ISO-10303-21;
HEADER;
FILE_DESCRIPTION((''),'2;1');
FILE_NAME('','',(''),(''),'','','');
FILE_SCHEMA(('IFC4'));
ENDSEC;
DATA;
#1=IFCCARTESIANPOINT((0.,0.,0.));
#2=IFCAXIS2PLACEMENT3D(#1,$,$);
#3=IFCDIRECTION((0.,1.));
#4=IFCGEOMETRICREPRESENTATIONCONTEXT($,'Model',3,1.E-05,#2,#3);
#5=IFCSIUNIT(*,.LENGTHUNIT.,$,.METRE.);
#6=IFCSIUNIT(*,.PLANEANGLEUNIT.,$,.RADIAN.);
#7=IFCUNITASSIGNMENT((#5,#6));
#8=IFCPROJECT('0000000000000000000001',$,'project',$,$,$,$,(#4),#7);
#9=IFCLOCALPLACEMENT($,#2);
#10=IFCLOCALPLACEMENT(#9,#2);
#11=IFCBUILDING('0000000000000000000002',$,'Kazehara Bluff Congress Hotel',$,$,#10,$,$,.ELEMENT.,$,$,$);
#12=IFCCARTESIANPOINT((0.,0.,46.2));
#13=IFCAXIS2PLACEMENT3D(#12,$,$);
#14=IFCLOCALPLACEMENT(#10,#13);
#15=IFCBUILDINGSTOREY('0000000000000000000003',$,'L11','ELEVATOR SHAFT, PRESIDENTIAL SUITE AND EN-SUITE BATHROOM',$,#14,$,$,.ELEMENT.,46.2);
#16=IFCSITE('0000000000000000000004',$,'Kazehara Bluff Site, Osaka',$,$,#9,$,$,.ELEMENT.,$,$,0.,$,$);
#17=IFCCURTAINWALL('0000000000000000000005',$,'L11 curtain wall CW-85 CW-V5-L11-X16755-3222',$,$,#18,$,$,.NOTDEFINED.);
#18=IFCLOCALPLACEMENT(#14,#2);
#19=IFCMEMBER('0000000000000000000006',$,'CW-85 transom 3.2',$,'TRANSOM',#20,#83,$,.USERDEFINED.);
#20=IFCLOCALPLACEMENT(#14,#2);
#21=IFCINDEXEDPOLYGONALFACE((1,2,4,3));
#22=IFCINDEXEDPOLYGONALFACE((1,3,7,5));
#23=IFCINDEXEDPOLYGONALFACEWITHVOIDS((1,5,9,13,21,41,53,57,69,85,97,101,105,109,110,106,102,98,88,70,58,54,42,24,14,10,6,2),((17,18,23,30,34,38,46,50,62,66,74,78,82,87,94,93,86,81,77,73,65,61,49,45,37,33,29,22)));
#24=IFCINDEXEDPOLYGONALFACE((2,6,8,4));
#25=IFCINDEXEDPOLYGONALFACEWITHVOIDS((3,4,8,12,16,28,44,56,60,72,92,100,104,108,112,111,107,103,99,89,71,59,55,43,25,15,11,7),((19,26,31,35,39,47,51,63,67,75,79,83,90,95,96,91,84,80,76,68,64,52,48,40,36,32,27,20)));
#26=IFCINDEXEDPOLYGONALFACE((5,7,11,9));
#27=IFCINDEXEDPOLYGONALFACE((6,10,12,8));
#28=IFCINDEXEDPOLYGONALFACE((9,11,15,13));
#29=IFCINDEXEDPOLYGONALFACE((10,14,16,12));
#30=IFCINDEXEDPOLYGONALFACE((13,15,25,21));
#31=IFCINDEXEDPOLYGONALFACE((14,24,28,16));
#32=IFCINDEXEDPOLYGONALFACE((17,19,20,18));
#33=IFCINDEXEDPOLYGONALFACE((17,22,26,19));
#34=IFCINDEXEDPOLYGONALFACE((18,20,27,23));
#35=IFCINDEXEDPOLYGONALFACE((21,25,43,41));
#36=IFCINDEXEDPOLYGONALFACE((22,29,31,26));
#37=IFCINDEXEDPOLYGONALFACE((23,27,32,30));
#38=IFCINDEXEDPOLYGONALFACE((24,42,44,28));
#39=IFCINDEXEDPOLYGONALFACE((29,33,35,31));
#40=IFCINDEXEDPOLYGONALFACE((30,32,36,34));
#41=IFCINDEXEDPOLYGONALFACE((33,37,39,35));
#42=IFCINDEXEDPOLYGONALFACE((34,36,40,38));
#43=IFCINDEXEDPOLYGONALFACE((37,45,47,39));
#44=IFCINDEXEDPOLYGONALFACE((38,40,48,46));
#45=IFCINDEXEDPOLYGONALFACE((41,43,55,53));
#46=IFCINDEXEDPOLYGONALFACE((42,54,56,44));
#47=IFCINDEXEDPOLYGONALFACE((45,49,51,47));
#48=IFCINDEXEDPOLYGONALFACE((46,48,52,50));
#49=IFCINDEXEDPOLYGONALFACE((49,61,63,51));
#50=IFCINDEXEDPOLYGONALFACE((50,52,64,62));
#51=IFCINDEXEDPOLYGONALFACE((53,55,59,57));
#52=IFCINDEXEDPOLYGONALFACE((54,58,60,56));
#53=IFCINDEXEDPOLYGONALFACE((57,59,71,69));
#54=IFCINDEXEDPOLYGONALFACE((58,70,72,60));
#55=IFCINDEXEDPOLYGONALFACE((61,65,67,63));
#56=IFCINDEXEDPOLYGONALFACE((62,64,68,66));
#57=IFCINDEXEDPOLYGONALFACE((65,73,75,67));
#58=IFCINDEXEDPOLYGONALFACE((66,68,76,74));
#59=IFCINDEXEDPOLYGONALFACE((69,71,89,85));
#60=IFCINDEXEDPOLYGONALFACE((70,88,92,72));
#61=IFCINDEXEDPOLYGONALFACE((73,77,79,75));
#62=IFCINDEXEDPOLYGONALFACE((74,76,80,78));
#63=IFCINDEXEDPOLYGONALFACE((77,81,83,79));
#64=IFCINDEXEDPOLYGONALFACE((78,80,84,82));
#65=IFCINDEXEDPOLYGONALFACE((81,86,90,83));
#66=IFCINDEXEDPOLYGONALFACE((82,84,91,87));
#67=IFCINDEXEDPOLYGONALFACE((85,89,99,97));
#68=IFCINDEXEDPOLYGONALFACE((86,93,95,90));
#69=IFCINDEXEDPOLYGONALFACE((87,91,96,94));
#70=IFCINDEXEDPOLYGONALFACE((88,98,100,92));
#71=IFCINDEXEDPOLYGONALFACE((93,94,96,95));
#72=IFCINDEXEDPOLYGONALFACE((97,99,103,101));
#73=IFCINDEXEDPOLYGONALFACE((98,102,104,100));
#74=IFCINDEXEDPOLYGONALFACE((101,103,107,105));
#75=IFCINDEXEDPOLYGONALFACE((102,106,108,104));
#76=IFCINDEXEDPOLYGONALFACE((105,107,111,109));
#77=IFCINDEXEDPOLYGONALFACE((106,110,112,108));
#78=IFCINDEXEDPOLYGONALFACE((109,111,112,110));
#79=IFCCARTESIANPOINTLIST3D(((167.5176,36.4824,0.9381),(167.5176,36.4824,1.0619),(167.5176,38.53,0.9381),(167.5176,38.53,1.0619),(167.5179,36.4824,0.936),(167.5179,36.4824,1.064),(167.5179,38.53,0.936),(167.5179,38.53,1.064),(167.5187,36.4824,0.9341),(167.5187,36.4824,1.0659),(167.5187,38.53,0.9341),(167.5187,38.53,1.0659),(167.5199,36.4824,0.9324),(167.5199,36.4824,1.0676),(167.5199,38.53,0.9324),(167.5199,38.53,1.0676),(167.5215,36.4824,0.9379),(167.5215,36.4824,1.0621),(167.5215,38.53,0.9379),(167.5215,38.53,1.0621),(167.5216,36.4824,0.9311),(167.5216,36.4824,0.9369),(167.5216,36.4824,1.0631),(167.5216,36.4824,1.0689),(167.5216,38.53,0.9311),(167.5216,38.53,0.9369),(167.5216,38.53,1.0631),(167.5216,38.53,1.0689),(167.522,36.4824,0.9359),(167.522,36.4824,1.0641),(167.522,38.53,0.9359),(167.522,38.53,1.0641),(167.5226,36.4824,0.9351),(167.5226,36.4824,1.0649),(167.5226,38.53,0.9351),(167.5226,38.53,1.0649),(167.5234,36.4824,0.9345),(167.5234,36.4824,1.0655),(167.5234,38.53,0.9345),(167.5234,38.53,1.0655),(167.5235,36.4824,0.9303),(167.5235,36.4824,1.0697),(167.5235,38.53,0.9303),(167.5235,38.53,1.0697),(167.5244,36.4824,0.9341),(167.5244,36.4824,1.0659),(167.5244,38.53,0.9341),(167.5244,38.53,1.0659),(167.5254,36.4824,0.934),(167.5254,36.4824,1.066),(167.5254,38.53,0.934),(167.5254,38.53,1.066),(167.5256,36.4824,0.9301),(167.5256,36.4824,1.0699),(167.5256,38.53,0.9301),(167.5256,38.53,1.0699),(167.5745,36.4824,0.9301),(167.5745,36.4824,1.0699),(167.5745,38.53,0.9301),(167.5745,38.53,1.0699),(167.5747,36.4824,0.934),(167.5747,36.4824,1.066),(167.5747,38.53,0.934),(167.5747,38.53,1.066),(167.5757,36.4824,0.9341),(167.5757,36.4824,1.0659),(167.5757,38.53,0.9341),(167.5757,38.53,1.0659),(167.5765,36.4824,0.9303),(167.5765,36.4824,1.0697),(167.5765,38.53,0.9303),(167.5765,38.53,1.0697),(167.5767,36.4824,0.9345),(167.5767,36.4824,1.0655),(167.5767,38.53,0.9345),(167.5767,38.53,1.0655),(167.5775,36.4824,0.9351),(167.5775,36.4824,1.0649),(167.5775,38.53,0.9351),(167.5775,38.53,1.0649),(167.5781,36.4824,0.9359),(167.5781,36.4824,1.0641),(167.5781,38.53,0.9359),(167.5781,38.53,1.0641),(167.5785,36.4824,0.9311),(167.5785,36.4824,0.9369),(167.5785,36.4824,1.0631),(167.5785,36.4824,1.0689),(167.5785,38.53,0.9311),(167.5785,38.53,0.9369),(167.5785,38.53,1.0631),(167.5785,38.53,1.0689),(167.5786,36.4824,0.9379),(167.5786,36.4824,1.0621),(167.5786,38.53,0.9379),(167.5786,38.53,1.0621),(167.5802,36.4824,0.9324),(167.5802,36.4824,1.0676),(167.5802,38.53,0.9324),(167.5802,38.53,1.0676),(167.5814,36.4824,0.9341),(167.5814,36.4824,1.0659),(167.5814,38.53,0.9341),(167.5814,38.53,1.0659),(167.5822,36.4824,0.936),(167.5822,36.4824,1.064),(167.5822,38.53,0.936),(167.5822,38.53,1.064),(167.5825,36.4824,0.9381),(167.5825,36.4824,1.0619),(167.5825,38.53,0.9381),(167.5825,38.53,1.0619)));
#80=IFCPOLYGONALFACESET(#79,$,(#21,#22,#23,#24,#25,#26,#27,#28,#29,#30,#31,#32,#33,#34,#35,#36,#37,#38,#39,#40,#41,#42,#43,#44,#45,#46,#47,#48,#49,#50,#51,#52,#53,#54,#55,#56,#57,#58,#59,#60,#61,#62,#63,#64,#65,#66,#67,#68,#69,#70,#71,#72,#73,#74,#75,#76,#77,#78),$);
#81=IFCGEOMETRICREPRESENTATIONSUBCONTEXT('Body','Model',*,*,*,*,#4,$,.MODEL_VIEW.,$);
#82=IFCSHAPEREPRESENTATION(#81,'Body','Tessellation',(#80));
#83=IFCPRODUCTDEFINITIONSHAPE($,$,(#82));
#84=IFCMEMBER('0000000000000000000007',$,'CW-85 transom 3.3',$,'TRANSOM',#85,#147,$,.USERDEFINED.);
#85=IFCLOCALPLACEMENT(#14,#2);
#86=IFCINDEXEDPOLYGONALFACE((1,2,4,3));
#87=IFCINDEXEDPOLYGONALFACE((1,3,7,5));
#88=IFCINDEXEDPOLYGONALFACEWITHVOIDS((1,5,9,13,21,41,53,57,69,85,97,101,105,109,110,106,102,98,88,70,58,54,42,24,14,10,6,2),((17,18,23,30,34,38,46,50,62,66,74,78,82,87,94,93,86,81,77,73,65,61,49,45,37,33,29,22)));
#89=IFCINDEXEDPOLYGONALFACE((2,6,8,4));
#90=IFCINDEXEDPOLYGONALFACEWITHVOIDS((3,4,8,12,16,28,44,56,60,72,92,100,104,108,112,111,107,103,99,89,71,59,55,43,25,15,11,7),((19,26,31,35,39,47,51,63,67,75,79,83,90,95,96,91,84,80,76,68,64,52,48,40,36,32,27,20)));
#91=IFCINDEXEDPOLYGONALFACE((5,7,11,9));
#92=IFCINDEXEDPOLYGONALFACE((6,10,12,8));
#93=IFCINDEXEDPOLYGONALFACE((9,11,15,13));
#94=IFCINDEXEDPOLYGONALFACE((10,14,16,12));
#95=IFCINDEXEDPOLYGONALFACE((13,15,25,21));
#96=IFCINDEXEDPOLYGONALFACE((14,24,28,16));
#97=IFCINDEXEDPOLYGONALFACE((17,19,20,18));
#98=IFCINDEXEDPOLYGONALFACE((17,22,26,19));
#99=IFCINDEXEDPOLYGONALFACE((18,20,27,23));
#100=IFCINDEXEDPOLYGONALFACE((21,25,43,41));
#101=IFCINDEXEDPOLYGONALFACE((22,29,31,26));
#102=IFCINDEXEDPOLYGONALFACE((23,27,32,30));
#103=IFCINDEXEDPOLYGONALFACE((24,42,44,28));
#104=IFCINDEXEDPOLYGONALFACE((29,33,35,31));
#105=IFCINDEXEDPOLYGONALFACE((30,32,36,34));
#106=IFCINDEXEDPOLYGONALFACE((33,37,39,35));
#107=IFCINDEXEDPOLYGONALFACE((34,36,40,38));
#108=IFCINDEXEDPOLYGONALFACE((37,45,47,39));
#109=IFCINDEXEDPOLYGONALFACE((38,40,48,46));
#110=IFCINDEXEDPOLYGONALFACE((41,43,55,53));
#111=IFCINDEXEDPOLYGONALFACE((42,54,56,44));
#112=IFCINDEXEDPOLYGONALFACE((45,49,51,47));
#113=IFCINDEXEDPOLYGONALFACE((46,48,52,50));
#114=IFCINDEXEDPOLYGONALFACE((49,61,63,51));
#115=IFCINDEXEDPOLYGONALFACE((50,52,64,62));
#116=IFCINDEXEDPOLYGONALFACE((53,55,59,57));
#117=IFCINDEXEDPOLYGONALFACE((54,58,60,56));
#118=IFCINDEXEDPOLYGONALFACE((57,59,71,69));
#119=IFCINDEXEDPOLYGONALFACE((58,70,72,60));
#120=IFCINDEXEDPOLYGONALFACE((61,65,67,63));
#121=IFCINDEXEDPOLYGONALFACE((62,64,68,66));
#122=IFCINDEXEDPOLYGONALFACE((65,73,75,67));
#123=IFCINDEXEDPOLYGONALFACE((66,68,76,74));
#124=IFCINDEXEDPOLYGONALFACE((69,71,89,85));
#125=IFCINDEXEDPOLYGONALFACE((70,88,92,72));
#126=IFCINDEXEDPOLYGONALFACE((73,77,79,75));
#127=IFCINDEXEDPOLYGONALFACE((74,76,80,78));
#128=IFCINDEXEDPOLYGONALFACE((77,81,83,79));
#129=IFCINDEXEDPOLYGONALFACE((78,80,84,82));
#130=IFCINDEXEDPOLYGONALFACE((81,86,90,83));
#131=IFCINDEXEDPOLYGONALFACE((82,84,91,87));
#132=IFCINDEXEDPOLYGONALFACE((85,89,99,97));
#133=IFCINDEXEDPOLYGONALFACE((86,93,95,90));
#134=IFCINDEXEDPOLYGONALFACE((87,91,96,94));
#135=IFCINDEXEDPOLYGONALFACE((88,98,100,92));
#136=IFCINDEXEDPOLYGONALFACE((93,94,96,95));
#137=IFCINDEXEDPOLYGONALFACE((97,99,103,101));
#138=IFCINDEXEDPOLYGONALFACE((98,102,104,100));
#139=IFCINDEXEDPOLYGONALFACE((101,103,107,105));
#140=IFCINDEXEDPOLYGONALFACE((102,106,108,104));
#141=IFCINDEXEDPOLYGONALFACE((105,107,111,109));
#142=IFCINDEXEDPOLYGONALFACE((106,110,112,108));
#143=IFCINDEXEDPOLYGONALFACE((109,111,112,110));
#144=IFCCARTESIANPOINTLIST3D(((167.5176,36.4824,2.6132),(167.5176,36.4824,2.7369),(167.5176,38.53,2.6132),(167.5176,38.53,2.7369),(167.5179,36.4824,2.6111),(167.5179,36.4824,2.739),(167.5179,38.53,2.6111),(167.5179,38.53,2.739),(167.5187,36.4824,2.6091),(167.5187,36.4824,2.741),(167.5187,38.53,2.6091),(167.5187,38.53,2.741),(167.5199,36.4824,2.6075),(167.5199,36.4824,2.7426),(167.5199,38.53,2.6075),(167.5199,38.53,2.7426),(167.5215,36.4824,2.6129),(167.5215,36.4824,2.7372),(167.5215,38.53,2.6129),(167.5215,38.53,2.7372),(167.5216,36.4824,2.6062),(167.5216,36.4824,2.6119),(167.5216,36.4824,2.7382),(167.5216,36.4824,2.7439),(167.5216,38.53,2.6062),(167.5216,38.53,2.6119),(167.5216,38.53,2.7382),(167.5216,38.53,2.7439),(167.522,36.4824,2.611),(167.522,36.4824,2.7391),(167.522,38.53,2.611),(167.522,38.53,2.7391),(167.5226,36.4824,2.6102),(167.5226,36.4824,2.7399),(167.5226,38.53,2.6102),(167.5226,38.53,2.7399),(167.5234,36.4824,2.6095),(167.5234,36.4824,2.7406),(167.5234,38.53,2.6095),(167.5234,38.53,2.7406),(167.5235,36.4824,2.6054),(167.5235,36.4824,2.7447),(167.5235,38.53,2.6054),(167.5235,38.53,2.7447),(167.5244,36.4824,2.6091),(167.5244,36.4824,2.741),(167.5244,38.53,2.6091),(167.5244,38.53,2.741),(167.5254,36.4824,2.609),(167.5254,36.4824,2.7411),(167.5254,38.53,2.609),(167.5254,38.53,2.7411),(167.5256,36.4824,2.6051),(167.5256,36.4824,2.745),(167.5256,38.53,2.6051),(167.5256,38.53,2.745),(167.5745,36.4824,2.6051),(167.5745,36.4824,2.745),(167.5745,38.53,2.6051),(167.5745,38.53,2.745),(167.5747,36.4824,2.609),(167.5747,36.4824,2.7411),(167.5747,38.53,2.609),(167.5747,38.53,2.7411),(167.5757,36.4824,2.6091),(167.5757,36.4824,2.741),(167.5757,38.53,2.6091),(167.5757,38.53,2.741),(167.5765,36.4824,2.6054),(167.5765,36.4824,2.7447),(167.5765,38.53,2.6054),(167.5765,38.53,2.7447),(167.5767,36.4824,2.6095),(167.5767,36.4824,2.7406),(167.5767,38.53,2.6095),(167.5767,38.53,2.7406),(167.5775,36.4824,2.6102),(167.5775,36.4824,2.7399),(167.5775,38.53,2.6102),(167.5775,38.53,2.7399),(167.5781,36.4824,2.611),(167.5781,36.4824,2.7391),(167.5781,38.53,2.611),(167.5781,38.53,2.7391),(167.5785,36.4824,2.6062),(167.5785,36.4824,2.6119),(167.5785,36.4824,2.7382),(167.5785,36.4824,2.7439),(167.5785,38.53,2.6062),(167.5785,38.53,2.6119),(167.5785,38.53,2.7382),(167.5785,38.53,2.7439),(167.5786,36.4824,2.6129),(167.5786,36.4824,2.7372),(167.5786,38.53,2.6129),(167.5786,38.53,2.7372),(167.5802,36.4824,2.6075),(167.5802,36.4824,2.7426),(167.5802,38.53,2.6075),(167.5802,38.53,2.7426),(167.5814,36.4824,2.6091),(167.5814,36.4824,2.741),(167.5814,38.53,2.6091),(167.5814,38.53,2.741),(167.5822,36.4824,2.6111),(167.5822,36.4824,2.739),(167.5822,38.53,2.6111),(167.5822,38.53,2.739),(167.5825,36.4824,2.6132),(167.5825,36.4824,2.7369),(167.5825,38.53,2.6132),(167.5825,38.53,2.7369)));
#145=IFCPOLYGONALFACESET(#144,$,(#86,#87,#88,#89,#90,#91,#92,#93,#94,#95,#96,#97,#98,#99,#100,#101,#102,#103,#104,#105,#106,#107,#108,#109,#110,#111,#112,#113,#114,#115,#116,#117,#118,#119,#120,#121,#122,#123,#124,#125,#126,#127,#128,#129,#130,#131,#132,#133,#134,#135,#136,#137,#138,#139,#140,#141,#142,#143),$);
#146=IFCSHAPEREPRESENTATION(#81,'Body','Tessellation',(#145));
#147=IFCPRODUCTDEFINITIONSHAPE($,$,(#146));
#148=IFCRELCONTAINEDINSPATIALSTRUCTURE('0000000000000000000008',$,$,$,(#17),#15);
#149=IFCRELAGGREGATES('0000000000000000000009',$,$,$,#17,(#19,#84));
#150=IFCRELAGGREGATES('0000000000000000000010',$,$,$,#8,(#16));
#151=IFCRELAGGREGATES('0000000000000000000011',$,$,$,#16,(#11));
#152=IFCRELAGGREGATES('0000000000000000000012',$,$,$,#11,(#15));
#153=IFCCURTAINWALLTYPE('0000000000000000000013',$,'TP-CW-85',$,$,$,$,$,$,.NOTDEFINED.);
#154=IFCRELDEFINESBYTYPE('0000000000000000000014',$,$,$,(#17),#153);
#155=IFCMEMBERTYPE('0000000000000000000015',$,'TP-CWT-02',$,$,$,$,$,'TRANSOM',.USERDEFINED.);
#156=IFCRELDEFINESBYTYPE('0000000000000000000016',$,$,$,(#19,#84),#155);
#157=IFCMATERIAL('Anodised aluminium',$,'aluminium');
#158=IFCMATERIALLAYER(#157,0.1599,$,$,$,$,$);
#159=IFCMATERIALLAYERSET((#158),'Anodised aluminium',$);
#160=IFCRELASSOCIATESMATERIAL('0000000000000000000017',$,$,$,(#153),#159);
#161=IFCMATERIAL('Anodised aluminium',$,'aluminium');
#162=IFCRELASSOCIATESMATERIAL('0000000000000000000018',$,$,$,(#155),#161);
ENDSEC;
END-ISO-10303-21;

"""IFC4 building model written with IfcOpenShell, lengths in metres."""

from ifc_helpers import new_model, si_unit, direction, frame, origin, origin_2d, place, context, subcontext, project, spatial, hollow_rectangle, extrude, material, layer, layer_set, material_profile, profile_set, type_object, element, aggregate, save


model = new_model("IFC4")

# Units and contexts
model_context = context("Model", 3, precision=1e-05, world=origin(), true_north=direction((0.0, 1.0)))
body_context = subcontext(model_context, "Body", "Model", "MODEL_VIEW")
ifc_project = project(units=[si_unit("LENGTHUNIT", "METRE"), si_unit("PLANEANGLEUNIT", "RADIAN")], contexts=[model_context])

# Site, building, storey
site_placement = place(None, origin())
site = spatial("IfcSite", under=ifc_project, at=site_placement, Name="Kazehara Bluff Site, Osaka", CompositionType="ELEMENT", RefElevation=0.0)
building_placement = place(site_placement, origin())
building = spatial("IfcBuilding", under=site, at=building_placement, Name="Kazehara Bluff Congress Hotel", CompositionType="ELEMENT")
storey_placement = place(building_placement, frame((0.0, 0.0, 46.2)))
storey = spatial("IfcBuildingStorey", under=building, at=storey_placement, Name="L11", Description="ELEVATOR SHAFT, PRESIDENTIAL SUITE AND EN-SUITE BATHROOM", CompositionType="ELEMENT", Elevation=46.2)

# Curtain wall, members
ifc_material_1 = material(Name="Anodised aluminium", Category="aluminium")
ifc_layer_1 = layer(ifc_material_1, 0.1599)
ifc_layer_set_1 = layer_set([ifc_layer_1], Name="Anodised aluminium")
curtain_wall_type = type_object("IfcCurtainWallType", Name="TP-CW-85", PredefinedType="NOTDEFINED", material=ifc_layer_set_1)
curtain_wall_placement = place(storey_placement, origin())
curtain_wall = element("IfcCurtainWall", 1, at=curtain_wall_placement, inside=storey, type_object=curtain_wall_type, Name="L11 curtain wall CW-85 CW-V5-L11-X16755-3222", PredefinedType="NOTDEFINED")
ifc_material_2 = material(Name="Anodised aluminium", Category="aluminium")
ifc_material_profile_1 = material_profile(ifc_material_2, hollow_rectangle(XDim=0.0649, YDim=0.1399, WallThickness=0.0039, InnerFilletRadius=0.0039, OuterFilletRadius=0.0081, at=origin_2d()))
ifc_profile_set_1 = profile_set([ifc_material_profile_1], Name="Anodised aluminium")
member_type_1 = type_object("IfcMemberType", Name="TP-CWT-02", ElementType="TRANSOM", PredefinedType="USERDEFINED", material=ifc_profile_set_1)
member_1_placement = place(storey_placement, frame((167.55, 36.4824, 1.0), z_axis=(0.0, 1.0, 0.0), x_axis=(-1.0, 0.0, 0.0)))
member_1 = element("IfcMember", 2, at=member_1_placement, type_object=member_type_1, Name="CW-85 transom 3.2", ObjectType="TRANSOM", PredefinedType="USERDEFINED", context=body_context, shape_type="SweptSolid", body=[
    extrude(hollow_rectangle(XDim=0.0649, YDim=0.1399, WallThickness=0.0039, InnerFilletRadius=0.0039, OuterFilletRadius=0.0081, at=origin_2d()), origin(), (0.0, 0.0, 1.0), 2.0476),
])
member_2_placement = place(storey_placement, frame((167.55, 36.4824, 2.675), z_axis=(0.0, 1.0, 0.0), x_axis=(-1.0, 0.0, 0.0)))
member_2 = element("IfcMember", 3, at=member_2_placement, type_object=member_type_1, Name="CW-85 transom 3.3", ObjectType="TRANSOM", PredefinedType="USERDEFINED", context=body_context, shape_type="SweptSolid", body=[
    extrude(hollow_rectangle(XDim=0.0649, YDim=0.1399, WallThickness=0.0039, InnerFilletRadius=0.0039, OuterFilletRadius=0.0081, at=origin_2d()), origin(), (0.0, 0.0, 1.0), 2.0476),
])

aggregate(curtain_wall, [member_1, member_2])

save(model, "model.ifc")
